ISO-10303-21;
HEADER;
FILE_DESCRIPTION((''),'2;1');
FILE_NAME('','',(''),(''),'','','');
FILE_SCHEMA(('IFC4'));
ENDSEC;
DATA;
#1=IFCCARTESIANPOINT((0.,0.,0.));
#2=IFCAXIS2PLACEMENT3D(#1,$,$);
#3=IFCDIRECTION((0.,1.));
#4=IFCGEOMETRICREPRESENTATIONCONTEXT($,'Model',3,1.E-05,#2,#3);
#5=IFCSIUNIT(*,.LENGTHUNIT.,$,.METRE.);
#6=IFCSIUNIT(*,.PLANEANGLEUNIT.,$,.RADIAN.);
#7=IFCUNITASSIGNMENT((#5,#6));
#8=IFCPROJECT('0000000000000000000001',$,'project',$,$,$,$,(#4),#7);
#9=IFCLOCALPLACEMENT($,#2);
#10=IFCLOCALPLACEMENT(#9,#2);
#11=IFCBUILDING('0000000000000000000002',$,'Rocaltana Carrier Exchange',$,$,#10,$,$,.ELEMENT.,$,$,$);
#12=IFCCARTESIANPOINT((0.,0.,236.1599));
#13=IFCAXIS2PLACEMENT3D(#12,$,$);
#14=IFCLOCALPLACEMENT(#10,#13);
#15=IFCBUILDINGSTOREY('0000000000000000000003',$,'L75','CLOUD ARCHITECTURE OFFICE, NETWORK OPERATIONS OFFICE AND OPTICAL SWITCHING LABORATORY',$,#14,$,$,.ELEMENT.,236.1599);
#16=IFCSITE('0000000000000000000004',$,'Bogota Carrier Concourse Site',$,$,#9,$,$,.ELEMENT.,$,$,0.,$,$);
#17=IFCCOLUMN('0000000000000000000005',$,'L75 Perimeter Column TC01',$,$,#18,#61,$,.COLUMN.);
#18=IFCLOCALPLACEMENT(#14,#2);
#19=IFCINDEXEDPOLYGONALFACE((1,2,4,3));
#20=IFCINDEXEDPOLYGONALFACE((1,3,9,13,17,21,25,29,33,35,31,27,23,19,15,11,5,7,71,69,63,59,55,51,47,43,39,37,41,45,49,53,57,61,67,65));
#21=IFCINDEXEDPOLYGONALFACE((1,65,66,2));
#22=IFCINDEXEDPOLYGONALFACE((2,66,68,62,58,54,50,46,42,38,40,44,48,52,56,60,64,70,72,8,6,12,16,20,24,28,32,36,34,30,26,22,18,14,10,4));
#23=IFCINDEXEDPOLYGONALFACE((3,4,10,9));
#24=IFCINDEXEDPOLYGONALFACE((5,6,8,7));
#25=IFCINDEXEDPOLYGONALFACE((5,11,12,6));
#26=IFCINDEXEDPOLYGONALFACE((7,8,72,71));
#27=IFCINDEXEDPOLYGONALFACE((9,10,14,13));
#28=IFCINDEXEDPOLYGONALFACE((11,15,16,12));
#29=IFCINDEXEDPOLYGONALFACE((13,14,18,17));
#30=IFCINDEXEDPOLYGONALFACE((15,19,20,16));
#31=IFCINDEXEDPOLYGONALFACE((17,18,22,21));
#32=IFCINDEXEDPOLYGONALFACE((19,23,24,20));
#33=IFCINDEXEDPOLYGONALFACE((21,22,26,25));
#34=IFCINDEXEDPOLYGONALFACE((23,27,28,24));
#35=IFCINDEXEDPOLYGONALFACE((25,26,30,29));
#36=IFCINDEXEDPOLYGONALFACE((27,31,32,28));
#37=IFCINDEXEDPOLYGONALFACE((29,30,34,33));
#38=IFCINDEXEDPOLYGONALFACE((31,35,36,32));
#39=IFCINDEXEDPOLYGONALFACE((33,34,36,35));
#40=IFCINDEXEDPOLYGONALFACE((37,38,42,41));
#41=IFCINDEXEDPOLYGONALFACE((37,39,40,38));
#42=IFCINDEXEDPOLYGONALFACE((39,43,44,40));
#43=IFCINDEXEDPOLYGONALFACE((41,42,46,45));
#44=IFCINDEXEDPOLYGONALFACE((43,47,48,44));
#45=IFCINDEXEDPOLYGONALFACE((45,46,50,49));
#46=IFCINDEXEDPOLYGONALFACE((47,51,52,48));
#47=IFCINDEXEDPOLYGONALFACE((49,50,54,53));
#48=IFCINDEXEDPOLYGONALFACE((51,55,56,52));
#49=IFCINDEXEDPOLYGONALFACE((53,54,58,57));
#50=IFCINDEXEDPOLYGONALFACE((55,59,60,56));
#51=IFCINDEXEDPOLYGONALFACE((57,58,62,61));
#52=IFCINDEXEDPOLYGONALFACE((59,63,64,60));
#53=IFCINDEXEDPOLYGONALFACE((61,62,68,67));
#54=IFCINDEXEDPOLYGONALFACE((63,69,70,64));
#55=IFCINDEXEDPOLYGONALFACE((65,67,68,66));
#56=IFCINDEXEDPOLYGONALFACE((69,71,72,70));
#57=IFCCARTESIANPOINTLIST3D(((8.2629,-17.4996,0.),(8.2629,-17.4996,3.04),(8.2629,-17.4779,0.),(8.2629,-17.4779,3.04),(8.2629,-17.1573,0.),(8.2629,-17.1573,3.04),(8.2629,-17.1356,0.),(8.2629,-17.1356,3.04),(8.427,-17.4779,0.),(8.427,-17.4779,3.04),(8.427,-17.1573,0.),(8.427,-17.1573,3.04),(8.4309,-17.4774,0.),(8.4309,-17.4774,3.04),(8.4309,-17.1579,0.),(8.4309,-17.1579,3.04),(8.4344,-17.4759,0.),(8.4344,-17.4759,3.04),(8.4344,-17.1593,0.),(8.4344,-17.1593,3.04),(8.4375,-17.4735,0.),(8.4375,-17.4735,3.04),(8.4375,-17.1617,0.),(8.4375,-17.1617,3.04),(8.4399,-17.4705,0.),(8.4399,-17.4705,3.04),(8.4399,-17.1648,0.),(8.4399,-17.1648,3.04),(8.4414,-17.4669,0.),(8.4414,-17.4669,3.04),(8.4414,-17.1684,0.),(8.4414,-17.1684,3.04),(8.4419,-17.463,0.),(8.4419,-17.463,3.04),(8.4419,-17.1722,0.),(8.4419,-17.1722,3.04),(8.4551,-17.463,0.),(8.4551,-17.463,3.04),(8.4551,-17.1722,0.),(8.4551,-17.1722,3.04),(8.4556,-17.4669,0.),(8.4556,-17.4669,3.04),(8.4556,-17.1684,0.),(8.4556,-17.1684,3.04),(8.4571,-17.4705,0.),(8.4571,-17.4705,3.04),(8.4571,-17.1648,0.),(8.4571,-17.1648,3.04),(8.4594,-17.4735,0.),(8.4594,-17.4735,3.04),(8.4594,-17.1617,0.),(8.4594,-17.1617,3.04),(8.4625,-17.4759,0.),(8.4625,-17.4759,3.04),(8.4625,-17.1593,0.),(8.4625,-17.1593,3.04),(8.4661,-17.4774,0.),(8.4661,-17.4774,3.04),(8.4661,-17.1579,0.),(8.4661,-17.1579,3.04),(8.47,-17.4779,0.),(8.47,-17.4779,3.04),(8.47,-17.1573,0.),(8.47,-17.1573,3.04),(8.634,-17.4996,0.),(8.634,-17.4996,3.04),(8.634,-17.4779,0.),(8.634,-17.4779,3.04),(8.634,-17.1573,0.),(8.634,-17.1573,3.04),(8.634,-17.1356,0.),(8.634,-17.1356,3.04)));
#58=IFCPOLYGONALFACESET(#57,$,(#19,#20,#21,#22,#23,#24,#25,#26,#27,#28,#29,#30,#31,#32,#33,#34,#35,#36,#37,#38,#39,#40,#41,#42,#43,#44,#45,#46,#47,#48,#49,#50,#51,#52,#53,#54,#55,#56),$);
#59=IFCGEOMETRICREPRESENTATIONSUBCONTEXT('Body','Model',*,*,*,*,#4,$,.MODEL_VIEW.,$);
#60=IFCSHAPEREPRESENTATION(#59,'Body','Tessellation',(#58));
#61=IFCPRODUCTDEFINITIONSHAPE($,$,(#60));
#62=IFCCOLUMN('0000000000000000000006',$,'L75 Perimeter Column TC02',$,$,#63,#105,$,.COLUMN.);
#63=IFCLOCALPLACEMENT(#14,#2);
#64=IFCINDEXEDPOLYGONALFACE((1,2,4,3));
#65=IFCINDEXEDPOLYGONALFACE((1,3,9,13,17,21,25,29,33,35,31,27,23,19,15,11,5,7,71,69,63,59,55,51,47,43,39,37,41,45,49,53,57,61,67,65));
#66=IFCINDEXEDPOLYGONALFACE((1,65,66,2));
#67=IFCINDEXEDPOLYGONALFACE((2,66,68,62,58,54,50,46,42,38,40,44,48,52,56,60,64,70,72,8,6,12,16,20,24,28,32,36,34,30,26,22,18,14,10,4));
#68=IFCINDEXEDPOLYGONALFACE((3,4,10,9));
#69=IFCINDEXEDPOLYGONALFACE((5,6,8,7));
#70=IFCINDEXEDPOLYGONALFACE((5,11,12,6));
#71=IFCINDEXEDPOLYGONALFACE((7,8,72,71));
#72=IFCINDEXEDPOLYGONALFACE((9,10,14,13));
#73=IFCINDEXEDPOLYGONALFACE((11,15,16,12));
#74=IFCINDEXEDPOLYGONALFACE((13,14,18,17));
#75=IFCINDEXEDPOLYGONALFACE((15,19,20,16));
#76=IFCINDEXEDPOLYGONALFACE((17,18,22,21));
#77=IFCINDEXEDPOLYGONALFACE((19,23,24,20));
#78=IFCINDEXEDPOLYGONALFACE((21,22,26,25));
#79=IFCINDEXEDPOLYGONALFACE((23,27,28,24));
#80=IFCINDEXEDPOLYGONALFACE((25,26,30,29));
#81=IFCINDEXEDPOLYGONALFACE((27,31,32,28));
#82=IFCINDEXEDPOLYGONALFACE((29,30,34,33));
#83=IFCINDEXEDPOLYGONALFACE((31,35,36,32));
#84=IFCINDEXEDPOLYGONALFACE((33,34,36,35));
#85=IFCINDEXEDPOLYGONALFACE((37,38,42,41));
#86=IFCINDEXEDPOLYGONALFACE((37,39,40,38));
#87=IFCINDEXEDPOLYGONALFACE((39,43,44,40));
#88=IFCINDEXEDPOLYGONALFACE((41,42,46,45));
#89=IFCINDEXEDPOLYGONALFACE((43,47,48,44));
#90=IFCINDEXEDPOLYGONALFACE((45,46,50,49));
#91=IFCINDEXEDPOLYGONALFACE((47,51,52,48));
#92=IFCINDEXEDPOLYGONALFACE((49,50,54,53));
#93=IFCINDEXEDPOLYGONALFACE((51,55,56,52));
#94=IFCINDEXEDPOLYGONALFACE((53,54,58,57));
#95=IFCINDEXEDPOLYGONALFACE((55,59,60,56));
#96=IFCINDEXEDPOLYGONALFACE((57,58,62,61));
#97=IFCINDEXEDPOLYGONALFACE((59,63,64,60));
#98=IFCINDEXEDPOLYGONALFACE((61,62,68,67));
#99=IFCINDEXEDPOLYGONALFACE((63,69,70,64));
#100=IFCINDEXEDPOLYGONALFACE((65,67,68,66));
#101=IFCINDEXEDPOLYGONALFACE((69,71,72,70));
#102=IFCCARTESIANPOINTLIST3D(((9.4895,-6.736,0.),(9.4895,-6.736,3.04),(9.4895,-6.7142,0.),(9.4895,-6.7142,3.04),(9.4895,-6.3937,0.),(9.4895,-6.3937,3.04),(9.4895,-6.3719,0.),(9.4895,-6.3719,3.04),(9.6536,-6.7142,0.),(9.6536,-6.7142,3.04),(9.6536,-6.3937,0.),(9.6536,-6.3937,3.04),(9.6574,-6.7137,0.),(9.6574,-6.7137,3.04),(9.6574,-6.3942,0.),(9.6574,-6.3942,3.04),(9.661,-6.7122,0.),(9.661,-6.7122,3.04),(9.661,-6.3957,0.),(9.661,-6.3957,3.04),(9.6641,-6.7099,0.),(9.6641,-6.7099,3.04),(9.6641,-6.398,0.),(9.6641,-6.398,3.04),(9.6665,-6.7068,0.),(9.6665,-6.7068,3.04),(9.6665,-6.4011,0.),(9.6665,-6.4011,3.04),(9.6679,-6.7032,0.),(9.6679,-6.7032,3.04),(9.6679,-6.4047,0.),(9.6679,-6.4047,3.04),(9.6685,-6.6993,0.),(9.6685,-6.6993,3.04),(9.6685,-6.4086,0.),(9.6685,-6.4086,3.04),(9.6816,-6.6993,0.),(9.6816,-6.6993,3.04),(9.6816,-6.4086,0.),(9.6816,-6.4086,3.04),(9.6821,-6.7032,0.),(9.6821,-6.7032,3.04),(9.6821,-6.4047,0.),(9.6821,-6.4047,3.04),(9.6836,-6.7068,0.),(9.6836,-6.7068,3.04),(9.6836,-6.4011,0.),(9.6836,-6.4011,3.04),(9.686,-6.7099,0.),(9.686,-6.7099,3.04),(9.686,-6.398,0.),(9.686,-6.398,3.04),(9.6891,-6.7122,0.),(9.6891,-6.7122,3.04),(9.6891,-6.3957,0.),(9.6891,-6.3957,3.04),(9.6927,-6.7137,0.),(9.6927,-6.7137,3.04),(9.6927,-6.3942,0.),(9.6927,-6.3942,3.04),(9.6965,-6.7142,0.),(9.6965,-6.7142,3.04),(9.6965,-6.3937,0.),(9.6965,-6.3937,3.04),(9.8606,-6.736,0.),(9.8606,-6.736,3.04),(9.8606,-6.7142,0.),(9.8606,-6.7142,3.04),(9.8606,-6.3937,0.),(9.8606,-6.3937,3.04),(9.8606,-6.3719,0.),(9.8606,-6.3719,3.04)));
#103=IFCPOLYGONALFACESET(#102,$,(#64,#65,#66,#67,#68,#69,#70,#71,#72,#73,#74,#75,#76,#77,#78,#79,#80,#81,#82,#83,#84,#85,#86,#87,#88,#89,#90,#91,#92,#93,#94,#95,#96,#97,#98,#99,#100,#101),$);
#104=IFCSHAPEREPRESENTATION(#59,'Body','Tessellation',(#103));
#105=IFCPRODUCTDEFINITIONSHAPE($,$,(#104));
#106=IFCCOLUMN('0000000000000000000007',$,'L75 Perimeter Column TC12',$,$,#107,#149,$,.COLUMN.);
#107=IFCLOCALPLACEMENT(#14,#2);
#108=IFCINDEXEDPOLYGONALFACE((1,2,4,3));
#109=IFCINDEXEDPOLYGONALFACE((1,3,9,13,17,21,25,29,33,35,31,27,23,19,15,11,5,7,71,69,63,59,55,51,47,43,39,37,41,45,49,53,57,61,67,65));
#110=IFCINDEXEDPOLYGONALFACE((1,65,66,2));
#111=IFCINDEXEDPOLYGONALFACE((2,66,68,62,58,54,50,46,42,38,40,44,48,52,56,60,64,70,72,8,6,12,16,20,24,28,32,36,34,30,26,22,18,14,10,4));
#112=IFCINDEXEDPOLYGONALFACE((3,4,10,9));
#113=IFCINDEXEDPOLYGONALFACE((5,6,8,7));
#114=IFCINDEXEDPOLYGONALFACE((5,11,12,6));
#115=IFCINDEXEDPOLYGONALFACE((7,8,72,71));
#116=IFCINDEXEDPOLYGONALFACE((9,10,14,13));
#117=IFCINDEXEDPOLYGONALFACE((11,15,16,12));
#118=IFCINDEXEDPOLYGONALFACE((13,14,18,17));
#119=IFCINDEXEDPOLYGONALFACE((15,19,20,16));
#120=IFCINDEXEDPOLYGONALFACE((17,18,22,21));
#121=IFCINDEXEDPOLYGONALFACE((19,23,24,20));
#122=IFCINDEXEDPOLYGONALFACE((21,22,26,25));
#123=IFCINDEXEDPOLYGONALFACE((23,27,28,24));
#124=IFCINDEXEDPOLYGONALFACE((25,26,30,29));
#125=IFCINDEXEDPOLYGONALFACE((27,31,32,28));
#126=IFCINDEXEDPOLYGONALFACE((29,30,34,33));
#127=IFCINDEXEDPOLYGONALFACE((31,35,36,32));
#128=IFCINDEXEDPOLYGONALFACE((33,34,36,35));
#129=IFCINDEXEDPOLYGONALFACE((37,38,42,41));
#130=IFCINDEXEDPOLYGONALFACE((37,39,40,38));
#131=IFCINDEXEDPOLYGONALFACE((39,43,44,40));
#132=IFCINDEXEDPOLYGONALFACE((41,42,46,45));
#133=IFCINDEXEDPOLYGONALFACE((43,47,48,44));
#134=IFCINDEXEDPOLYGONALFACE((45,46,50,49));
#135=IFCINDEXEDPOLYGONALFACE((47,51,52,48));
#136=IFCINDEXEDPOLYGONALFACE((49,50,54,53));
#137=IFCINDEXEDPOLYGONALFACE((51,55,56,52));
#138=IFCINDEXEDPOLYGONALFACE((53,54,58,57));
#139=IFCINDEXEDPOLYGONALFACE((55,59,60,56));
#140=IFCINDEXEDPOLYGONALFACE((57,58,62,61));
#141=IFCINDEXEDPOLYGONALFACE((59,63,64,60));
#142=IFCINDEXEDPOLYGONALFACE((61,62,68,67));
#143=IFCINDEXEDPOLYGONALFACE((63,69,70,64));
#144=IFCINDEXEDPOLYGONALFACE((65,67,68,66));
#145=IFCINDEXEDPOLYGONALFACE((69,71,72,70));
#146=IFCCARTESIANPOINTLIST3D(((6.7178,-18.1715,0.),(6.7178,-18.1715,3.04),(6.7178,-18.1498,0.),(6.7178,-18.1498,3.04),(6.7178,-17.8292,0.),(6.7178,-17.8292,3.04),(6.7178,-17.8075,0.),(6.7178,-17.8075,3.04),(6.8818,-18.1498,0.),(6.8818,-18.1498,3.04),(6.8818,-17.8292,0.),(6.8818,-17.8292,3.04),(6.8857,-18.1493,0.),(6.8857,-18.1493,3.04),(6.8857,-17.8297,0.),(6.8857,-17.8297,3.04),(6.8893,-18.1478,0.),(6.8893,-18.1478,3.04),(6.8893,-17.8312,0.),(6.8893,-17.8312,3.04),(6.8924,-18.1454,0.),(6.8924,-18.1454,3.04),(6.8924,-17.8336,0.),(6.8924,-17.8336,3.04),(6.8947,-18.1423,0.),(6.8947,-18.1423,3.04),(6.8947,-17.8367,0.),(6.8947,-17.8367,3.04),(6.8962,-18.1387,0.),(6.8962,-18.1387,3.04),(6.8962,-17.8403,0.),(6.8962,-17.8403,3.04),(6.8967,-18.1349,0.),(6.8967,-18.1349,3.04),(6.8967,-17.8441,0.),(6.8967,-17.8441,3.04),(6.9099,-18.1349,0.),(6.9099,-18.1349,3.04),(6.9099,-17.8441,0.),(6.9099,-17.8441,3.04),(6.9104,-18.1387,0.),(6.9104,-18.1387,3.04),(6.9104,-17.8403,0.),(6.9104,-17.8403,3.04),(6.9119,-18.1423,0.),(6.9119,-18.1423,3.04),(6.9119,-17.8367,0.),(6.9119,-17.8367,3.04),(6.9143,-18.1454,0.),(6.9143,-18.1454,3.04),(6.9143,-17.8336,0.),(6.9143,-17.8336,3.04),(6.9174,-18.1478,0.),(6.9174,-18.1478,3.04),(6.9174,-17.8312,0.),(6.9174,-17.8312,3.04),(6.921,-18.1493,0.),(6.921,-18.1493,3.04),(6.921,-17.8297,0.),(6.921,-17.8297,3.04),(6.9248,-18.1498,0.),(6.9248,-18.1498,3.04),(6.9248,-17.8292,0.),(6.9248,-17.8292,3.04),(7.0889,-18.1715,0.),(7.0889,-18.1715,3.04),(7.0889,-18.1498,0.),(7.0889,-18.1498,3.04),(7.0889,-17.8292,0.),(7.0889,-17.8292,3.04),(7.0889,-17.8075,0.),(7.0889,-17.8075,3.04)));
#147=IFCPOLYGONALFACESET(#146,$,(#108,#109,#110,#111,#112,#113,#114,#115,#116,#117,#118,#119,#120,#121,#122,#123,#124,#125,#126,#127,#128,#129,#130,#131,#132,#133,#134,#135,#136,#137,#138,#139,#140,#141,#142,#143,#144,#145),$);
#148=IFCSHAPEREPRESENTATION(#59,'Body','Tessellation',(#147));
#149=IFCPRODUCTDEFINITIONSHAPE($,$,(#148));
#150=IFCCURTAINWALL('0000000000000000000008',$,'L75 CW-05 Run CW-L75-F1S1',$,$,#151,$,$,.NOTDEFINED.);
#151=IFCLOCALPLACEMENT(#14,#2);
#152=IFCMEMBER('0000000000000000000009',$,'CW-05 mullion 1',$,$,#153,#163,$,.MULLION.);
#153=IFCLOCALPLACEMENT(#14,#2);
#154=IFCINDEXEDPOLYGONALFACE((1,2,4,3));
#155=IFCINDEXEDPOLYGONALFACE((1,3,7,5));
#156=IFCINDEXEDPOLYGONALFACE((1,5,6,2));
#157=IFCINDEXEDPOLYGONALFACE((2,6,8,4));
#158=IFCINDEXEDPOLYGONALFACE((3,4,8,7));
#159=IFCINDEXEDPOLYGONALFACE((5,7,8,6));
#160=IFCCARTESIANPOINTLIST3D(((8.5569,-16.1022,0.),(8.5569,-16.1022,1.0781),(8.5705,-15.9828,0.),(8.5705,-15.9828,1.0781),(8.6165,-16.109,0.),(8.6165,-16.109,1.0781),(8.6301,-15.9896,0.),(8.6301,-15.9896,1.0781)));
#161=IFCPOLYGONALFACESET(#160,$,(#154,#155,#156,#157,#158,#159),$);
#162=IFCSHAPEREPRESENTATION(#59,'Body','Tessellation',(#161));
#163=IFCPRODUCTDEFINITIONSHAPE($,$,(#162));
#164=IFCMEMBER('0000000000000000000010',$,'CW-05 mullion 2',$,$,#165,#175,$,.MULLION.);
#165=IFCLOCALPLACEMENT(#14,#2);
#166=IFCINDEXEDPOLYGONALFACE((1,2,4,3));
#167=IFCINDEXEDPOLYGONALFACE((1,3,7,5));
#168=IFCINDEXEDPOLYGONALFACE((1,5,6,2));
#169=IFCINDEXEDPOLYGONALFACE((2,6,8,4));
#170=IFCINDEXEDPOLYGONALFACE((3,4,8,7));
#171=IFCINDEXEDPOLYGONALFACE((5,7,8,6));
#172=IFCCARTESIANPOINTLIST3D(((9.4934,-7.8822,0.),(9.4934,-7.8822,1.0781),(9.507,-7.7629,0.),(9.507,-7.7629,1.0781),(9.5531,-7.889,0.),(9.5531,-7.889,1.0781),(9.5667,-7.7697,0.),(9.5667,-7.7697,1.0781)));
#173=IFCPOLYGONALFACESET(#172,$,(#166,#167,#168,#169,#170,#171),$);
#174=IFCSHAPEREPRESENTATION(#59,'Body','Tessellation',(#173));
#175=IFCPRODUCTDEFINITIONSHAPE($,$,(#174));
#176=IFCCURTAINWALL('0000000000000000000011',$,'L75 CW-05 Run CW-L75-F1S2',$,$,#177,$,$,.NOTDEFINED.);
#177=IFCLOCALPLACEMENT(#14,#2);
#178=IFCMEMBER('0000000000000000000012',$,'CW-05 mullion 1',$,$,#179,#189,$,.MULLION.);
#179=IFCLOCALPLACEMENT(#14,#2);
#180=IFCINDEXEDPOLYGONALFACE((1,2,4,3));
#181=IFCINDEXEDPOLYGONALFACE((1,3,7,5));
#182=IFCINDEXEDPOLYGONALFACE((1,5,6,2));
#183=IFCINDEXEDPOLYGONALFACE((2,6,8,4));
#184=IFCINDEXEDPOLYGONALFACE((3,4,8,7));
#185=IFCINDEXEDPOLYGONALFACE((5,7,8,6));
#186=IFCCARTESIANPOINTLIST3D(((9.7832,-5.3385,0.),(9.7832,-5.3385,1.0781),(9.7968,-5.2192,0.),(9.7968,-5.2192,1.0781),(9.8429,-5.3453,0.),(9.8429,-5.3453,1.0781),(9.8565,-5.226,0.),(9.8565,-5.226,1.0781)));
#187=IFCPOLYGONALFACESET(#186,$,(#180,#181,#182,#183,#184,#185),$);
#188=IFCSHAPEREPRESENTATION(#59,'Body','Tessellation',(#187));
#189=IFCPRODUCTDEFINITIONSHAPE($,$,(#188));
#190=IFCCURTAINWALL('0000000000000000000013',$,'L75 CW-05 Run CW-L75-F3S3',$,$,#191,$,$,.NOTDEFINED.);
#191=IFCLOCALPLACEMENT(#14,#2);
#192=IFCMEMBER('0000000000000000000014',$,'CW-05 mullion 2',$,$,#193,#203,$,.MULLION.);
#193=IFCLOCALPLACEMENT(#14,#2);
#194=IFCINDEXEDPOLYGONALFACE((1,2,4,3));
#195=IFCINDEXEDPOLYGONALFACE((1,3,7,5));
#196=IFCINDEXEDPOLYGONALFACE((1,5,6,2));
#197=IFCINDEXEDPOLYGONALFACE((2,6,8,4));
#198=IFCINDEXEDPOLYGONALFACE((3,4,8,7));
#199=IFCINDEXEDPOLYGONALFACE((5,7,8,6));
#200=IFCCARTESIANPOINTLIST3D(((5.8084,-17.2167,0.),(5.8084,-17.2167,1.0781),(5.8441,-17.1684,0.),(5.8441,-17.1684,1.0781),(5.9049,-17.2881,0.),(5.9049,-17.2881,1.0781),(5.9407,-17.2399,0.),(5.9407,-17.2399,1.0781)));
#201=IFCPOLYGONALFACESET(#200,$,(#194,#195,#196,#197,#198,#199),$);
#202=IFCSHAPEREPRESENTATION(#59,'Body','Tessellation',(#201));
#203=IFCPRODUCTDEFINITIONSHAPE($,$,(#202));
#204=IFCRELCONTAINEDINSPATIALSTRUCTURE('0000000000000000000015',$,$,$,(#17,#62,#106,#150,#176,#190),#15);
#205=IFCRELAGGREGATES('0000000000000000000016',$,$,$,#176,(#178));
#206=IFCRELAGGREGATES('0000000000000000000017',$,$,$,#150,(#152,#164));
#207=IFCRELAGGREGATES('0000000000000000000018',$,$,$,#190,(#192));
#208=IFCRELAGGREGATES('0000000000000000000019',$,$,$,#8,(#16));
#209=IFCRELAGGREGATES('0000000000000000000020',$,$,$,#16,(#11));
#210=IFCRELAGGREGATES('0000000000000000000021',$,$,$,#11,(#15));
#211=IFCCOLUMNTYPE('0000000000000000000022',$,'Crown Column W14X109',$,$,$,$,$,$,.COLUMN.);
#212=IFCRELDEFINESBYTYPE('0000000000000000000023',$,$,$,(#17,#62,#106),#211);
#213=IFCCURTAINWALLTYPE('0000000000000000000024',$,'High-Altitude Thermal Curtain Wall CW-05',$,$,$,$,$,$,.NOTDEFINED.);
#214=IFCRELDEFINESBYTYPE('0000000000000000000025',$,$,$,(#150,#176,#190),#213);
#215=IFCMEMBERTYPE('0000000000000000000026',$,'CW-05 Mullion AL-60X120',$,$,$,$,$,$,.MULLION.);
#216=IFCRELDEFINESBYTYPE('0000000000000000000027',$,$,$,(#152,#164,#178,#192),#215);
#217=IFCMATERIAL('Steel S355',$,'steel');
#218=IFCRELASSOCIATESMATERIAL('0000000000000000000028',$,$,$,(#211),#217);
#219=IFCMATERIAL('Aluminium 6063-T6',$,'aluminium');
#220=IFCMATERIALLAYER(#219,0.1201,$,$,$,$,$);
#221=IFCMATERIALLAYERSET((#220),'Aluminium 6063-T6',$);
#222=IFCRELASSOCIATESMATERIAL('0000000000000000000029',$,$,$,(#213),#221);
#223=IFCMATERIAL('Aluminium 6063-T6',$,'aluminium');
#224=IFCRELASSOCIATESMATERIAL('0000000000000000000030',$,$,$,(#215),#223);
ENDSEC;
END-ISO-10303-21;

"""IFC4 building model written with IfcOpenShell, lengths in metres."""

from ifc_helpers import new_model, si_unit, direction, frame, origin, origin_2d, place, context, subcontext, project, spatial, rectangle, i_section, extrude, material, layer, layer_set, material_profile, profile_set, type_object, element, aggregate, save


model = new_model("IFC4")

# Units and contexts
model_context = context("Model", 3, precision=1e-05, world=origin(), true_north=direction((0.0, 1.0)))
body_context = subcontext(model_context, "Body", "Model", "MODEL_VIEW")
ifc_project = project(units=[si_unit("LENGTHUNIT", "METRE"), si_unit("PLANEANGLEUNIT", "RADIAN")], contexts=[model_context])

# Site, building, storey
site_placement = place(None, origin())
site = spatial("IfcSite", under=ifc_project, at=site_placement, Name="Bogota Carrier Concourse Site", CompositionType="ELEMENT", RefElevation=0.0)
building_placement = place(site_placement, origin())
building = spatial("IfcBuilding", under=site, at=building_placement, Name="Rocaltana Carrier Exchange", CompositionType="ELEMENT")
storey_placement = place(building_placement, frame((0.0, 0.0, 236.1599)))
storey = spatial("IfcBuildingStorey", under=building, at=storey_placement, Name="L75", Description="CLOUD ARCHITECTURE OFFICE, NETWORK OPERATIONS OFFICE AND OPTICAL SWITCHING LABORATORY", CompositionType="ELEMENT", Elevation=236.1599)

# Columns
ifc_material_1 = material(Name="Steel S355", Category="steel")
ifc_material_profile_1 = material_profile(ifc_material_1, i_section(OverallWidth=0.3711, OverallDepth=0.364, WebThickness=0.0132, FlangeThickness=0.0217, FilletRadius=0.0149, at=origin_2d()), Name="W14X109")
ifc_profile_set_1 = profile_set([ifc_material_profile_1], Name="Steel S355")
column_type = type_object("IfcColumnType", Name="Crown Column W14X109", PredefinedType="COLUMN", material=ifc_profile_set_1)
for number, where, z_axis, x_axis, name in (
    (1, (8.4485, -17.3176, 0.0), (0.0, 0.0, 1.0), (1.0, 0.0, 0.0), "L75 Perimeter Column TC01"),
    (2, (9.675, -6.554, 0.0), (0.0, 0.0, 1.0), (1.0, 0.0, 0.0), "L75 Perimeter Column TC02"),
    (3, (6.9033, -17.9895, 0.0), (0.0, 0.0, 1.0), (1.0, 0.0, 0.0), "L75 Perimeter Column TC12"),
):
    element("IfcColumn", number, at=place(storey_placement, frame(where, z_axis=z_axis, x_axis=x_axis)), inside=storey, type_object=column_type, Name=name, PredefinedType="COLUMN", context=body_context, shape_type="SweptSolid", body=[
        extrude(i_section(OverallWidth=0.3711, OverallDepth=0.364, WebThickness=0.0132, FlangeThickness=0.0217, FilletRadius=0.0149, at=origin_2d()), origin(), (0.0, 0.0, 1.0), 3.04),
    ])

# Curtain wall, members
ifc_material_2 = material(Name="Aluminium 6063-T6", Category="aluminium")
ifc_layer_1 = layer(ifc_material_2, 0.1201)
ifc_layer_set_1 = layer_set([ifc_layer_1], Name="Aluminium 6063-T6")
curtain_wall_type = type_object("IfcCurtainWallType", Name="High-Altitude Thermal Curtain Wall CW-05", PredefinedType="NOTDEFINED", material=ifc_layer_set_1)
curtain_wall_1_placement = place(storey_placement, origin())
curtain_wall_1 = element("IfcCurtainWall", 4, at=curtain_wall_1_placement, inside=storey, type_object=curtain_wall_type, Name="L75 CW-05 Run CW-L75-F1S1", PredefinedType="NOTDEFINED")
ifc_material_3 = material(Name="Aluminium 6063-T6", Category="aluminium")
ifc_material_profile_2 = material_profile(ifc_material_3, rectangle(XDim=0.0601, YDim=0.1201, at=origin_2d()), Name="AL-60X120")
ifc_profile_set_2 = profile_set([ifc_material_profile_2], Name="Aluminium 6063-T6")
member_type_1 = type_object("IfcMemberType", Name="CW-05 Mullion AL-60X120", PredefinedType="MULLION", material=ifc_profile_set_2)
member_1_placement = place(storey_placement, frame((8.5935, -16.0459, 0.0), z_axis=(0.0, 0.0, 1.0), x_axis=(-0.993571, 0.113209, 0.0)))
member_1 = element("IfcMember", 5, at=member_1_placement, type_object=member_type_1, Name="CW-05 mullion 1", PredefinedType="MULLION", context=body_context, shape_type="SweptSolid", body=[
    extrude(rectangle(XDim=0.0601, YDim=0.1201, at=origin_2d()), origin(), (0.0, 0.0, 1.0), 1.0781),
])
member_2_placement = place(storey_placement, frame((9.53, -7.8259, 0.0), z_axis=(0.0, 0.0, 1.0), x_axis=(-0.993571, 0.113209, 0.0)))
member_2 = element("IfcMember", 6, at=member_2_placement, type_object=member_type_1, Name="CW-05 mullion 2", PredefinedType="MULLION", context=body_context, shape_type="SweptSolid", body=[
    extrude(rectangle(XDim=0.0601, YDim=0.1201, at=origin_2d()), origin(), (0.0, 0.0, 1.0), 1.0781),
])

# Curtain walls, members
curtain_wall_2_placement = place(storey_placement, origin())
curtain_wall_2 = element("IfcCurtainWall", 7, at=curtain_wall_2_placement, inside=storey, type_object=curtain_wall_type, Name="L75 CW-05 Run CW-L75-F1S2", PredefinedType="NOTDEFINED")
member_3_placement = place(storey_placement, frame((9.8198, -5.2822, 0.0), z_axis=(0.0, 0.0, 1.0), x_axis=(-0.993571, 0.113209, 0.0)))
member_3 = element("IfcMember", 8, at=member_3_placement, type_object=member_type_1, Name="CW-05 mullion 1", PredefinedType="MULLION", context=body_context, shape_type="SweptSolid", body=[
    extrude(rectangle(XDim=0.0601, YDim=0.1201, at=origin_2d()), origin(), (0.0, 0.0, 1.0), 1.0781),
])
aggregate(curtain_wall_2, [member_3])
curtain_wall_3_placement = place(storey_placement, origin())
curtain_wall_3 = element("IfcCurtainWall", 9, at=curtain_wall_3_placement, inside=storey, type_object=curtain_wall_type, Name="L75 CW-05 Run CW-L75-F3S3", PredefinedType="NOTDEFINED")
member_4_placement = place(storey_placement, frame((5.8745, -17.2283, 0.0), z_axis=(0.0, 0.0, 1.0), x_axis=(0.594827, 0.803854, 0.0)))
member_4 = element("IfcMember", 10, at=member_4_placement, type_object=member_type_1, Name="CW-05 mullion 2", PredefinedType="MULLION", context=body_context, shape_type="SweptSolid", body=[
    extrude(rectangle(XDim=0.0601, YDim=0.1201, at=origin_2d()), origin(), (0.0, 0.0, 1.0), 1.0781),
])

aggregate(curtain_wall_1, [member_1, member_2])
aggregate(curtain_wall_3, [member_4])

save(model, "model.ifc")
